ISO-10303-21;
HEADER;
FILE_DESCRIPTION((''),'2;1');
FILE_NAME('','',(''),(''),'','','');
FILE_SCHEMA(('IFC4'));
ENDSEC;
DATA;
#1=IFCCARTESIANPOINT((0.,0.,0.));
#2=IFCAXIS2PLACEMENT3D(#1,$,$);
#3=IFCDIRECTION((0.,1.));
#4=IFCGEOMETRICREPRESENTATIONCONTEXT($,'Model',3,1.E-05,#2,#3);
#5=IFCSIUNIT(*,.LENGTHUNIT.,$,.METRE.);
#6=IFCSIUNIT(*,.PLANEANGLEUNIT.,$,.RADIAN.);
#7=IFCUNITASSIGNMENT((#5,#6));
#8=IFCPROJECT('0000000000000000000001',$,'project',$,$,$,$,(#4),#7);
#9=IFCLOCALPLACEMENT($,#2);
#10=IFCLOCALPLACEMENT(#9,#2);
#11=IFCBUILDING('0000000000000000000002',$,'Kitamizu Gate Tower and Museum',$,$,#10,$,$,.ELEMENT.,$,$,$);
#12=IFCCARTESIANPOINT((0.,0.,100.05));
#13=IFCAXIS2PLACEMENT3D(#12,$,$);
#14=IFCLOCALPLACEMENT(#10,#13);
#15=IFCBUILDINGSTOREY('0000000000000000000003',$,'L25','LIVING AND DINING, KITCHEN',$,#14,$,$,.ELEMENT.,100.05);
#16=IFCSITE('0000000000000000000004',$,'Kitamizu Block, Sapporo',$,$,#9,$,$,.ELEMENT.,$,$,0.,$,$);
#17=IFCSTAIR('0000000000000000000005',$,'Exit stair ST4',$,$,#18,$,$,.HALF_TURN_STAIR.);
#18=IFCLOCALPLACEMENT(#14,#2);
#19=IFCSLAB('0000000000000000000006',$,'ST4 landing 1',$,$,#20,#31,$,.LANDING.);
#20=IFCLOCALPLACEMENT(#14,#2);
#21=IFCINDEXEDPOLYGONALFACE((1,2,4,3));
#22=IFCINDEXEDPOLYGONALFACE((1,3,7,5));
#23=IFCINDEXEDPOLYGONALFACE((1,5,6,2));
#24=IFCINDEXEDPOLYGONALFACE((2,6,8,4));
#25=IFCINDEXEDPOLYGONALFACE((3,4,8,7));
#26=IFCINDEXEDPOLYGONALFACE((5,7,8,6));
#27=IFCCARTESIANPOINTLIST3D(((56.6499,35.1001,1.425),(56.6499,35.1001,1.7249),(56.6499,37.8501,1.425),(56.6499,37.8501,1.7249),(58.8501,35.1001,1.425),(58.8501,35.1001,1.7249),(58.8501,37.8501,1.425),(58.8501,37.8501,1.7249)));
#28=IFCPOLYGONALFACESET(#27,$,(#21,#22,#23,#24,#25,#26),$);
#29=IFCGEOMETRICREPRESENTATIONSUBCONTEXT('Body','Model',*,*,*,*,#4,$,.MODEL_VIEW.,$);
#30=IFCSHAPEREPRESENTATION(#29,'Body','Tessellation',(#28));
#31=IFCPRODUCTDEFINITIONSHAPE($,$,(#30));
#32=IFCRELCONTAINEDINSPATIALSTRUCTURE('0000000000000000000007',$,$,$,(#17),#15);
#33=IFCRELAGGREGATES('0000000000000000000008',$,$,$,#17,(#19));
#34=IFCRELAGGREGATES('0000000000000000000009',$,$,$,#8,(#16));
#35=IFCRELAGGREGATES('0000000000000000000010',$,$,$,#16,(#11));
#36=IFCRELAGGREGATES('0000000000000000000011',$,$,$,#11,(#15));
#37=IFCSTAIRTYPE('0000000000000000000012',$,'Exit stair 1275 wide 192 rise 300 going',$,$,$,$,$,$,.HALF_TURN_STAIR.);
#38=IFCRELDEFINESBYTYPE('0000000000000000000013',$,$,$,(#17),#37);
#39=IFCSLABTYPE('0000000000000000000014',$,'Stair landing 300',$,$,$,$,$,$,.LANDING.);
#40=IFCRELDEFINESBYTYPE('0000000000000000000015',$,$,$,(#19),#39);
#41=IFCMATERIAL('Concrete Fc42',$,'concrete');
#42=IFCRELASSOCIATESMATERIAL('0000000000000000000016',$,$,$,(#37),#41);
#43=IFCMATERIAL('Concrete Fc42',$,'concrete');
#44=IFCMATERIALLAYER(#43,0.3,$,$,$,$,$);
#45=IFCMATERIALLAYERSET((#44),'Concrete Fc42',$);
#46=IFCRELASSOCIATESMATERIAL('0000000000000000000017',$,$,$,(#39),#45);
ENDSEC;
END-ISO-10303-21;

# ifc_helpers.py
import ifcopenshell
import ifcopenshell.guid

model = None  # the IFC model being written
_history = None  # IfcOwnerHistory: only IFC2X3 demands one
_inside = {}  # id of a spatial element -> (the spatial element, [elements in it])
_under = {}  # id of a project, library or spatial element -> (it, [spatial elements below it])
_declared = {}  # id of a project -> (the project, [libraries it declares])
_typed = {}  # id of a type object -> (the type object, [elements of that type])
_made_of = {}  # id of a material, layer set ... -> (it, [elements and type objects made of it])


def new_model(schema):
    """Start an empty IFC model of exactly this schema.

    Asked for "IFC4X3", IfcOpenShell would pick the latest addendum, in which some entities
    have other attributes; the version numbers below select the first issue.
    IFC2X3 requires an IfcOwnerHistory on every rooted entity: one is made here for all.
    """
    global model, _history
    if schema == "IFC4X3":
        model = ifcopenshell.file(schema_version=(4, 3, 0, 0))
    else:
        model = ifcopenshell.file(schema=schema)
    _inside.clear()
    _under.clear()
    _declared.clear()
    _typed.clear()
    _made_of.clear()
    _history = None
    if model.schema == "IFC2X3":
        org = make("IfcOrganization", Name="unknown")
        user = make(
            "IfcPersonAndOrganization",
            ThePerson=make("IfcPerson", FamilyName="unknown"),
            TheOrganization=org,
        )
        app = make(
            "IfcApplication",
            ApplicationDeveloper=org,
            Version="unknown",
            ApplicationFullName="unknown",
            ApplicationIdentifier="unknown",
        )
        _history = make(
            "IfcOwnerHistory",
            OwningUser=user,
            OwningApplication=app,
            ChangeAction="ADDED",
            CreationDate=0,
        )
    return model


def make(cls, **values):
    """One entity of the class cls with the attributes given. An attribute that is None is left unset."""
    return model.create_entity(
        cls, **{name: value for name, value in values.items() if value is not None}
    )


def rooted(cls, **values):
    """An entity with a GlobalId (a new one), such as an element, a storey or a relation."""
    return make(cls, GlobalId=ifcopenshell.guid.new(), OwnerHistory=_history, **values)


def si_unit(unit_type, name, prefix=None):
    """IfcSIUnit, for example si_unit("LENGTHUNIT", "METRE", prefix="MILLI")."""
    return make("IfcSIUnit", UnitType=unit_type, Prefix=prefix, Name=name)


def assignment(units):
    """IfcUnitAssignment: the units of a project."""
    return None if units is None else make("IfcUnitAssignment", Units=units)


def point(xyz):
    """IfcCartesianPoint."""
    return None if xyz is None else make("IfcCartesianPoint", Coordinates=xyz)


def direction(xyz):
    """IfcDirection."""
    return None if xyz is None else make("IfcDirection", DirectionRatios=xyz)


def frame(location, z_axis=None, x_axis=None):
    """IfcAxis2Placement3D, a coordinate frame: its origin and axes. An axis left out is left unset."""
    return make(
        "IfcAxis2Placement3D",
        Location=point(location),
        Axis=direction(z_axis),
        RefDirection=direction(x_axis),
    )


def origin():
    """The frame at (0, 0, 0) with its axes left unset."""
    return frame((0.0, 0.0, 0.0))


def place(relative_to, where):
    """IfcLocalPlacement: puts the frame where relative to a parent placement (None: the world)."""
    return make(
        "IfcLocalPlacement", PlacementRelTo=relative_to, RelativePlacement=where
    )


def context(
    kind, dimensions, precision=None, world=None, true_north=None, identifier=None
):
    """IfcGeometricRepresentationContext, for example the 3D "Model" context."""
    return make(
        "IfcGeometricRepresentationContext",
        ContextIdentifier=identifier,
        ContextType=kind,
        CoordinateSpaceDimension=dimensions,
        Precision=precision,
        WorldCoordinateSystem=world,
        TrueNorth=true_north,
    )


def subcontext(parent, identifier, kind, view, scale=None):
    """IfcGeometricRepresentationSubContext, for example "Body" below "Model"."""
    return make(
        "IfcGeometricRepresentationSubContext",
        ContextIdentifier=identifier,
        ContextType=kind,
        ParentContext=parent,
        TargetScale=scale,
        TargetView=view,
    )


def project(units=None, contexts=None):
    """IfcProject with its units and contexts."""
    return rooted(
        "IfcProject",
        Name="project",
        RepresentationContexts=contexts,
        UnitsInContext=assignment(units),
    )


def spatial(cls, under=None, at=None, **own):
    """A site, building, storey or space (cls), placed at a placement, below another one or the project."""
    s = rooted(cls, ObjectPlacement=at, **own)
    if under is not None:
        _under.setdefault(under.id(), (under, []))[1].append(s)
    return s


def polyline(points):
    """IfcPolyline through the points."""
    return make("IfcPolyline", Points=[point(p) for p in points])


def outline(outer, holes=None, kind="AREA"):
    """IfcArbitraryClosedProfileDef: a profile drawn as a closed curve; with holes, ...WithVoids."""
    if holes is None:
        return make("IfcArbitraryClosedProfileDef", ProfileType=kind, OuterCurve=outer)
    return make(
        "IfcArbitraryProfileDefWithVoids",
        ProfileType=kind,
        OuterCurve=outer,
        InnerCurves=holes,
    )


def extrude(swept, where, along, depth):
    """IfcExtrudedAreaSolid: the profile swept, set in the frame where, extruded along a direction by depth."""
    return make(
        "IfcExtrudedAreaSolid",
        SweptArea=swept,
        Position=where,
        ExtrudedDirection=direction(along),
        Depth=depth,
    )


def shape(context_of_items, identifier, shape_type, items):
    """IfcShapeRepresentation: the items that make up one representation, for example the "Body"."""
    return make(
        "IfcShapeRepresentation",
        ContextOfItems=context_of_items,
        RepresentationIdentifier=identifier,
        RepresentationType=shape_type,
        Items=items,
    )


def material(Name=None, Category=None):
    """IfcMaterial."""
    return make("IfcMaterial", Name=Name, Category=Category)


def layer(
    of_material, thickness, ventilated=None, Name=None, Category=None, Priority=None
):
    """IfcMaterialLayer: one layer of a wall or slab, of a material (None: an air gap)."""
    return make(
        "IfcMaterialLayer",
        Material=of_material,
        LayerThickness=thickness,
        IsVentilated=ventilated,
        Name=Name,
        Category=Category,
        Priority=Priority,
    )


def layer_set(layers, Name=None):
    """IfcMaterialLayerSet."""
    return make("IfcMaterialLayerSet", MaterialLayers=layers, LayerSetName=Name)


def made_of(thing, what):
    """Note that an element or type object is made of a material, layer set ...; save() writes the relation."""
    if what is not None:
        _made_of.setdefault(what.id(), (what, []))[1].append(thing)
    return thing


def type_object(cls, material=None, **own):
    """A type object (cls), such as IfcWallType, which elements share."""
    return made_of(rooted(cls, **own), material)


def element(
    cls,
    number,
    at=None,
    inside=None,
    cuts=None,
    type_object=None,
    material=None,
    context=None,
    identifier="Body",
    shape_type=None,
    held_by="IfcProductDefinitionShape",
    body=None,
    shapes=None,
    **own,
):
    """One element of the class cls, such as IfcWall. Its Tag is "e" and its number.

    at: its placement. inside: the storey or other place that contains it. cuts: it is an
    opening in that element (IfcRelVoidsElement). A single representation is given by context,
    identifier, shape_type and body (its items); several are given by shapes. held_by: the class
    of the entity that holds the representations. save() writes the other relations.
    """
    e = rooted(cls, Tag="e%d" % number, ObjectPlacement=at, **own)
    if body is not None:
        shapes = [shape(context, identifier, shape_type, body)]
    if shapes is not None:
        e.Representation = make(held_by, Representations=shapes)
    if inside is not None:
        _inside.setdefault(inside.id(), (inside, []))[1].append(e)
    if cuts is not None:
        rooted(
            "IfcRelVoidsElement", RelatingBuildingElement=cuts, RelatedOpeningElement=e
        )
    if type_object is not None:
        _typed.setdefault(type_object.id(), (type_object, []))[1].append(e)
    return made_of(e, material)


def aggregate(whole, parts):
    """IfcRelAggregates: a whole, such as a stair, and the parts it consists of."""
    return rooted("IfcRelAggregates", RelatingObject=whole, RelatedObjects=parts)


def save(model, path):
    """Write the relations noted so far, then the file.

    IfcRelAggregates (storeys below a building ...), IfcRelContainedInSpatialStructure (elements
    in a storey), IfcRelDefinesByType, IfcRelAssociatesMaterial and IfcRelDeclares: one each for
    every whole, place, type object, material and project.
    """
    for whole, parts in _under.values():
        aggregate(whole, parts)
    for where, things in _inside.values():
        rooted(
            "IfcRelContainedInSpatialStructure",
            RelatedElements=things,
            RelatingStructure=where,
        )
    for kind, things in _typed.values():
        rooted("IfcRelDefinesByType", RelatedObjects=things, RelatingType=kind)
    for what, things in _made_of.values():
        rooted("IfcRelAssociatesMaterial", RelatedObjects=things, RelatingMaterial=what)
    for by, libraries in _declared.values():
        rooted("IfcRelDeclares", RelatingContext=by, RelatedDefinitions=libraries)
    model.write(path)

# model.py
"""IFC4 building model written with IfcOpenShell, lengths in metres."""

from ifc_helpers import new_model, si_unit, direction, frame, origin, place, context, subcontext, project, spatial, polyline, outline, extrude, material, layer, layer_set, type_object, element, aggregate, save


model = new_model("IFC4")

# Units and contexts
model_context = context("Model", 3, precision=1e-05, world=origin(), true_north=direction((0.0, 1.0)))
body_context = subcontext(model_context, "Body", "Model", "MODEL_VIEW")
ifc_project = project(units=[si_unit("LENGTHUNIT", "METRE"), si_unit("PLANEANGLEUNIT", "RADIAN")], contexts=[model_context])

# Site, building, storey
site_placement = place(None, origin())
site = spatial("IfcSite", under=ifc_project, at=site_placement, Name="Kitamizu Block, Sapporo", CompositionType="ELEMENT", RefElevation=0.0)
building_placement = place(site_placement, origin())
building = spatial("IfcBuilding", under=site, at=building_placement, Name="Kitamizu Gate Tower and Museum", CompositionType="ELEMENT")
storey_placement = place(building_placement, frame((0.0, 0.0, 100.05)))
storey = spatial("IfcBuildingStorey", under=building, at=storey_placement, Name="L25", Description="LIVING AND DINING, KITCHEN", CompositionType="ELEMENT", Elevation=100.05)

# Stair, slab
ifc_material_1 = material(Name="Concrete Fc42", Category="concrete")
stair_type = type_object("IfcStairType", Name="Exit stair 1275 wide 192 rise 300 going", PredefinedType="HALF_TURN_STAIR", material=ifc_material_1)
ifc_material_2 = material(Name="Concrete Fc42", Category="concrete")
ifc_layer_1 = layer(ifc_material_2, 0.3)
ifc_layer_set_1 = layer_set([ifc_layer_1], Name="Concrete Fc42")
slab_type_1 = type_object("IfcSlabType", Name="Stair landing 300", PredefinedType="LANDING", material=ifc_layer_set_1)
stair_1_placement = place(storey_placement, origin())
stair_1 = element("IfcStair", 1, at=stair_1_placement, inside=storey, type_object=stair_type, Name="Exit stair ST4", PredefinedType="HALF_TURN_STAIR")
slab_1_placement = place(storey_placement, frame((0.0, 0.0, 1.425)))
slab_1 = element("IfcSlab", 2, at=slab_1_placement, type_object=slab_type_1, Name="ST4 landing 1", PredefinedType="LANDING", context=body_context, shape_type="SweptSolid", body=[
    extrude(outline(polyline([(56.6499, 35.1001), (58.8501, 35.1001), (58.8501, 37.8501), (56.6499, 37.8501), (56.6499, 35.1001)])), origin(), (0.0, 0.0, 1.0), 0.2998),
])
aggregate(stair_1, [slab_1])

save(model, "model.ifc")
